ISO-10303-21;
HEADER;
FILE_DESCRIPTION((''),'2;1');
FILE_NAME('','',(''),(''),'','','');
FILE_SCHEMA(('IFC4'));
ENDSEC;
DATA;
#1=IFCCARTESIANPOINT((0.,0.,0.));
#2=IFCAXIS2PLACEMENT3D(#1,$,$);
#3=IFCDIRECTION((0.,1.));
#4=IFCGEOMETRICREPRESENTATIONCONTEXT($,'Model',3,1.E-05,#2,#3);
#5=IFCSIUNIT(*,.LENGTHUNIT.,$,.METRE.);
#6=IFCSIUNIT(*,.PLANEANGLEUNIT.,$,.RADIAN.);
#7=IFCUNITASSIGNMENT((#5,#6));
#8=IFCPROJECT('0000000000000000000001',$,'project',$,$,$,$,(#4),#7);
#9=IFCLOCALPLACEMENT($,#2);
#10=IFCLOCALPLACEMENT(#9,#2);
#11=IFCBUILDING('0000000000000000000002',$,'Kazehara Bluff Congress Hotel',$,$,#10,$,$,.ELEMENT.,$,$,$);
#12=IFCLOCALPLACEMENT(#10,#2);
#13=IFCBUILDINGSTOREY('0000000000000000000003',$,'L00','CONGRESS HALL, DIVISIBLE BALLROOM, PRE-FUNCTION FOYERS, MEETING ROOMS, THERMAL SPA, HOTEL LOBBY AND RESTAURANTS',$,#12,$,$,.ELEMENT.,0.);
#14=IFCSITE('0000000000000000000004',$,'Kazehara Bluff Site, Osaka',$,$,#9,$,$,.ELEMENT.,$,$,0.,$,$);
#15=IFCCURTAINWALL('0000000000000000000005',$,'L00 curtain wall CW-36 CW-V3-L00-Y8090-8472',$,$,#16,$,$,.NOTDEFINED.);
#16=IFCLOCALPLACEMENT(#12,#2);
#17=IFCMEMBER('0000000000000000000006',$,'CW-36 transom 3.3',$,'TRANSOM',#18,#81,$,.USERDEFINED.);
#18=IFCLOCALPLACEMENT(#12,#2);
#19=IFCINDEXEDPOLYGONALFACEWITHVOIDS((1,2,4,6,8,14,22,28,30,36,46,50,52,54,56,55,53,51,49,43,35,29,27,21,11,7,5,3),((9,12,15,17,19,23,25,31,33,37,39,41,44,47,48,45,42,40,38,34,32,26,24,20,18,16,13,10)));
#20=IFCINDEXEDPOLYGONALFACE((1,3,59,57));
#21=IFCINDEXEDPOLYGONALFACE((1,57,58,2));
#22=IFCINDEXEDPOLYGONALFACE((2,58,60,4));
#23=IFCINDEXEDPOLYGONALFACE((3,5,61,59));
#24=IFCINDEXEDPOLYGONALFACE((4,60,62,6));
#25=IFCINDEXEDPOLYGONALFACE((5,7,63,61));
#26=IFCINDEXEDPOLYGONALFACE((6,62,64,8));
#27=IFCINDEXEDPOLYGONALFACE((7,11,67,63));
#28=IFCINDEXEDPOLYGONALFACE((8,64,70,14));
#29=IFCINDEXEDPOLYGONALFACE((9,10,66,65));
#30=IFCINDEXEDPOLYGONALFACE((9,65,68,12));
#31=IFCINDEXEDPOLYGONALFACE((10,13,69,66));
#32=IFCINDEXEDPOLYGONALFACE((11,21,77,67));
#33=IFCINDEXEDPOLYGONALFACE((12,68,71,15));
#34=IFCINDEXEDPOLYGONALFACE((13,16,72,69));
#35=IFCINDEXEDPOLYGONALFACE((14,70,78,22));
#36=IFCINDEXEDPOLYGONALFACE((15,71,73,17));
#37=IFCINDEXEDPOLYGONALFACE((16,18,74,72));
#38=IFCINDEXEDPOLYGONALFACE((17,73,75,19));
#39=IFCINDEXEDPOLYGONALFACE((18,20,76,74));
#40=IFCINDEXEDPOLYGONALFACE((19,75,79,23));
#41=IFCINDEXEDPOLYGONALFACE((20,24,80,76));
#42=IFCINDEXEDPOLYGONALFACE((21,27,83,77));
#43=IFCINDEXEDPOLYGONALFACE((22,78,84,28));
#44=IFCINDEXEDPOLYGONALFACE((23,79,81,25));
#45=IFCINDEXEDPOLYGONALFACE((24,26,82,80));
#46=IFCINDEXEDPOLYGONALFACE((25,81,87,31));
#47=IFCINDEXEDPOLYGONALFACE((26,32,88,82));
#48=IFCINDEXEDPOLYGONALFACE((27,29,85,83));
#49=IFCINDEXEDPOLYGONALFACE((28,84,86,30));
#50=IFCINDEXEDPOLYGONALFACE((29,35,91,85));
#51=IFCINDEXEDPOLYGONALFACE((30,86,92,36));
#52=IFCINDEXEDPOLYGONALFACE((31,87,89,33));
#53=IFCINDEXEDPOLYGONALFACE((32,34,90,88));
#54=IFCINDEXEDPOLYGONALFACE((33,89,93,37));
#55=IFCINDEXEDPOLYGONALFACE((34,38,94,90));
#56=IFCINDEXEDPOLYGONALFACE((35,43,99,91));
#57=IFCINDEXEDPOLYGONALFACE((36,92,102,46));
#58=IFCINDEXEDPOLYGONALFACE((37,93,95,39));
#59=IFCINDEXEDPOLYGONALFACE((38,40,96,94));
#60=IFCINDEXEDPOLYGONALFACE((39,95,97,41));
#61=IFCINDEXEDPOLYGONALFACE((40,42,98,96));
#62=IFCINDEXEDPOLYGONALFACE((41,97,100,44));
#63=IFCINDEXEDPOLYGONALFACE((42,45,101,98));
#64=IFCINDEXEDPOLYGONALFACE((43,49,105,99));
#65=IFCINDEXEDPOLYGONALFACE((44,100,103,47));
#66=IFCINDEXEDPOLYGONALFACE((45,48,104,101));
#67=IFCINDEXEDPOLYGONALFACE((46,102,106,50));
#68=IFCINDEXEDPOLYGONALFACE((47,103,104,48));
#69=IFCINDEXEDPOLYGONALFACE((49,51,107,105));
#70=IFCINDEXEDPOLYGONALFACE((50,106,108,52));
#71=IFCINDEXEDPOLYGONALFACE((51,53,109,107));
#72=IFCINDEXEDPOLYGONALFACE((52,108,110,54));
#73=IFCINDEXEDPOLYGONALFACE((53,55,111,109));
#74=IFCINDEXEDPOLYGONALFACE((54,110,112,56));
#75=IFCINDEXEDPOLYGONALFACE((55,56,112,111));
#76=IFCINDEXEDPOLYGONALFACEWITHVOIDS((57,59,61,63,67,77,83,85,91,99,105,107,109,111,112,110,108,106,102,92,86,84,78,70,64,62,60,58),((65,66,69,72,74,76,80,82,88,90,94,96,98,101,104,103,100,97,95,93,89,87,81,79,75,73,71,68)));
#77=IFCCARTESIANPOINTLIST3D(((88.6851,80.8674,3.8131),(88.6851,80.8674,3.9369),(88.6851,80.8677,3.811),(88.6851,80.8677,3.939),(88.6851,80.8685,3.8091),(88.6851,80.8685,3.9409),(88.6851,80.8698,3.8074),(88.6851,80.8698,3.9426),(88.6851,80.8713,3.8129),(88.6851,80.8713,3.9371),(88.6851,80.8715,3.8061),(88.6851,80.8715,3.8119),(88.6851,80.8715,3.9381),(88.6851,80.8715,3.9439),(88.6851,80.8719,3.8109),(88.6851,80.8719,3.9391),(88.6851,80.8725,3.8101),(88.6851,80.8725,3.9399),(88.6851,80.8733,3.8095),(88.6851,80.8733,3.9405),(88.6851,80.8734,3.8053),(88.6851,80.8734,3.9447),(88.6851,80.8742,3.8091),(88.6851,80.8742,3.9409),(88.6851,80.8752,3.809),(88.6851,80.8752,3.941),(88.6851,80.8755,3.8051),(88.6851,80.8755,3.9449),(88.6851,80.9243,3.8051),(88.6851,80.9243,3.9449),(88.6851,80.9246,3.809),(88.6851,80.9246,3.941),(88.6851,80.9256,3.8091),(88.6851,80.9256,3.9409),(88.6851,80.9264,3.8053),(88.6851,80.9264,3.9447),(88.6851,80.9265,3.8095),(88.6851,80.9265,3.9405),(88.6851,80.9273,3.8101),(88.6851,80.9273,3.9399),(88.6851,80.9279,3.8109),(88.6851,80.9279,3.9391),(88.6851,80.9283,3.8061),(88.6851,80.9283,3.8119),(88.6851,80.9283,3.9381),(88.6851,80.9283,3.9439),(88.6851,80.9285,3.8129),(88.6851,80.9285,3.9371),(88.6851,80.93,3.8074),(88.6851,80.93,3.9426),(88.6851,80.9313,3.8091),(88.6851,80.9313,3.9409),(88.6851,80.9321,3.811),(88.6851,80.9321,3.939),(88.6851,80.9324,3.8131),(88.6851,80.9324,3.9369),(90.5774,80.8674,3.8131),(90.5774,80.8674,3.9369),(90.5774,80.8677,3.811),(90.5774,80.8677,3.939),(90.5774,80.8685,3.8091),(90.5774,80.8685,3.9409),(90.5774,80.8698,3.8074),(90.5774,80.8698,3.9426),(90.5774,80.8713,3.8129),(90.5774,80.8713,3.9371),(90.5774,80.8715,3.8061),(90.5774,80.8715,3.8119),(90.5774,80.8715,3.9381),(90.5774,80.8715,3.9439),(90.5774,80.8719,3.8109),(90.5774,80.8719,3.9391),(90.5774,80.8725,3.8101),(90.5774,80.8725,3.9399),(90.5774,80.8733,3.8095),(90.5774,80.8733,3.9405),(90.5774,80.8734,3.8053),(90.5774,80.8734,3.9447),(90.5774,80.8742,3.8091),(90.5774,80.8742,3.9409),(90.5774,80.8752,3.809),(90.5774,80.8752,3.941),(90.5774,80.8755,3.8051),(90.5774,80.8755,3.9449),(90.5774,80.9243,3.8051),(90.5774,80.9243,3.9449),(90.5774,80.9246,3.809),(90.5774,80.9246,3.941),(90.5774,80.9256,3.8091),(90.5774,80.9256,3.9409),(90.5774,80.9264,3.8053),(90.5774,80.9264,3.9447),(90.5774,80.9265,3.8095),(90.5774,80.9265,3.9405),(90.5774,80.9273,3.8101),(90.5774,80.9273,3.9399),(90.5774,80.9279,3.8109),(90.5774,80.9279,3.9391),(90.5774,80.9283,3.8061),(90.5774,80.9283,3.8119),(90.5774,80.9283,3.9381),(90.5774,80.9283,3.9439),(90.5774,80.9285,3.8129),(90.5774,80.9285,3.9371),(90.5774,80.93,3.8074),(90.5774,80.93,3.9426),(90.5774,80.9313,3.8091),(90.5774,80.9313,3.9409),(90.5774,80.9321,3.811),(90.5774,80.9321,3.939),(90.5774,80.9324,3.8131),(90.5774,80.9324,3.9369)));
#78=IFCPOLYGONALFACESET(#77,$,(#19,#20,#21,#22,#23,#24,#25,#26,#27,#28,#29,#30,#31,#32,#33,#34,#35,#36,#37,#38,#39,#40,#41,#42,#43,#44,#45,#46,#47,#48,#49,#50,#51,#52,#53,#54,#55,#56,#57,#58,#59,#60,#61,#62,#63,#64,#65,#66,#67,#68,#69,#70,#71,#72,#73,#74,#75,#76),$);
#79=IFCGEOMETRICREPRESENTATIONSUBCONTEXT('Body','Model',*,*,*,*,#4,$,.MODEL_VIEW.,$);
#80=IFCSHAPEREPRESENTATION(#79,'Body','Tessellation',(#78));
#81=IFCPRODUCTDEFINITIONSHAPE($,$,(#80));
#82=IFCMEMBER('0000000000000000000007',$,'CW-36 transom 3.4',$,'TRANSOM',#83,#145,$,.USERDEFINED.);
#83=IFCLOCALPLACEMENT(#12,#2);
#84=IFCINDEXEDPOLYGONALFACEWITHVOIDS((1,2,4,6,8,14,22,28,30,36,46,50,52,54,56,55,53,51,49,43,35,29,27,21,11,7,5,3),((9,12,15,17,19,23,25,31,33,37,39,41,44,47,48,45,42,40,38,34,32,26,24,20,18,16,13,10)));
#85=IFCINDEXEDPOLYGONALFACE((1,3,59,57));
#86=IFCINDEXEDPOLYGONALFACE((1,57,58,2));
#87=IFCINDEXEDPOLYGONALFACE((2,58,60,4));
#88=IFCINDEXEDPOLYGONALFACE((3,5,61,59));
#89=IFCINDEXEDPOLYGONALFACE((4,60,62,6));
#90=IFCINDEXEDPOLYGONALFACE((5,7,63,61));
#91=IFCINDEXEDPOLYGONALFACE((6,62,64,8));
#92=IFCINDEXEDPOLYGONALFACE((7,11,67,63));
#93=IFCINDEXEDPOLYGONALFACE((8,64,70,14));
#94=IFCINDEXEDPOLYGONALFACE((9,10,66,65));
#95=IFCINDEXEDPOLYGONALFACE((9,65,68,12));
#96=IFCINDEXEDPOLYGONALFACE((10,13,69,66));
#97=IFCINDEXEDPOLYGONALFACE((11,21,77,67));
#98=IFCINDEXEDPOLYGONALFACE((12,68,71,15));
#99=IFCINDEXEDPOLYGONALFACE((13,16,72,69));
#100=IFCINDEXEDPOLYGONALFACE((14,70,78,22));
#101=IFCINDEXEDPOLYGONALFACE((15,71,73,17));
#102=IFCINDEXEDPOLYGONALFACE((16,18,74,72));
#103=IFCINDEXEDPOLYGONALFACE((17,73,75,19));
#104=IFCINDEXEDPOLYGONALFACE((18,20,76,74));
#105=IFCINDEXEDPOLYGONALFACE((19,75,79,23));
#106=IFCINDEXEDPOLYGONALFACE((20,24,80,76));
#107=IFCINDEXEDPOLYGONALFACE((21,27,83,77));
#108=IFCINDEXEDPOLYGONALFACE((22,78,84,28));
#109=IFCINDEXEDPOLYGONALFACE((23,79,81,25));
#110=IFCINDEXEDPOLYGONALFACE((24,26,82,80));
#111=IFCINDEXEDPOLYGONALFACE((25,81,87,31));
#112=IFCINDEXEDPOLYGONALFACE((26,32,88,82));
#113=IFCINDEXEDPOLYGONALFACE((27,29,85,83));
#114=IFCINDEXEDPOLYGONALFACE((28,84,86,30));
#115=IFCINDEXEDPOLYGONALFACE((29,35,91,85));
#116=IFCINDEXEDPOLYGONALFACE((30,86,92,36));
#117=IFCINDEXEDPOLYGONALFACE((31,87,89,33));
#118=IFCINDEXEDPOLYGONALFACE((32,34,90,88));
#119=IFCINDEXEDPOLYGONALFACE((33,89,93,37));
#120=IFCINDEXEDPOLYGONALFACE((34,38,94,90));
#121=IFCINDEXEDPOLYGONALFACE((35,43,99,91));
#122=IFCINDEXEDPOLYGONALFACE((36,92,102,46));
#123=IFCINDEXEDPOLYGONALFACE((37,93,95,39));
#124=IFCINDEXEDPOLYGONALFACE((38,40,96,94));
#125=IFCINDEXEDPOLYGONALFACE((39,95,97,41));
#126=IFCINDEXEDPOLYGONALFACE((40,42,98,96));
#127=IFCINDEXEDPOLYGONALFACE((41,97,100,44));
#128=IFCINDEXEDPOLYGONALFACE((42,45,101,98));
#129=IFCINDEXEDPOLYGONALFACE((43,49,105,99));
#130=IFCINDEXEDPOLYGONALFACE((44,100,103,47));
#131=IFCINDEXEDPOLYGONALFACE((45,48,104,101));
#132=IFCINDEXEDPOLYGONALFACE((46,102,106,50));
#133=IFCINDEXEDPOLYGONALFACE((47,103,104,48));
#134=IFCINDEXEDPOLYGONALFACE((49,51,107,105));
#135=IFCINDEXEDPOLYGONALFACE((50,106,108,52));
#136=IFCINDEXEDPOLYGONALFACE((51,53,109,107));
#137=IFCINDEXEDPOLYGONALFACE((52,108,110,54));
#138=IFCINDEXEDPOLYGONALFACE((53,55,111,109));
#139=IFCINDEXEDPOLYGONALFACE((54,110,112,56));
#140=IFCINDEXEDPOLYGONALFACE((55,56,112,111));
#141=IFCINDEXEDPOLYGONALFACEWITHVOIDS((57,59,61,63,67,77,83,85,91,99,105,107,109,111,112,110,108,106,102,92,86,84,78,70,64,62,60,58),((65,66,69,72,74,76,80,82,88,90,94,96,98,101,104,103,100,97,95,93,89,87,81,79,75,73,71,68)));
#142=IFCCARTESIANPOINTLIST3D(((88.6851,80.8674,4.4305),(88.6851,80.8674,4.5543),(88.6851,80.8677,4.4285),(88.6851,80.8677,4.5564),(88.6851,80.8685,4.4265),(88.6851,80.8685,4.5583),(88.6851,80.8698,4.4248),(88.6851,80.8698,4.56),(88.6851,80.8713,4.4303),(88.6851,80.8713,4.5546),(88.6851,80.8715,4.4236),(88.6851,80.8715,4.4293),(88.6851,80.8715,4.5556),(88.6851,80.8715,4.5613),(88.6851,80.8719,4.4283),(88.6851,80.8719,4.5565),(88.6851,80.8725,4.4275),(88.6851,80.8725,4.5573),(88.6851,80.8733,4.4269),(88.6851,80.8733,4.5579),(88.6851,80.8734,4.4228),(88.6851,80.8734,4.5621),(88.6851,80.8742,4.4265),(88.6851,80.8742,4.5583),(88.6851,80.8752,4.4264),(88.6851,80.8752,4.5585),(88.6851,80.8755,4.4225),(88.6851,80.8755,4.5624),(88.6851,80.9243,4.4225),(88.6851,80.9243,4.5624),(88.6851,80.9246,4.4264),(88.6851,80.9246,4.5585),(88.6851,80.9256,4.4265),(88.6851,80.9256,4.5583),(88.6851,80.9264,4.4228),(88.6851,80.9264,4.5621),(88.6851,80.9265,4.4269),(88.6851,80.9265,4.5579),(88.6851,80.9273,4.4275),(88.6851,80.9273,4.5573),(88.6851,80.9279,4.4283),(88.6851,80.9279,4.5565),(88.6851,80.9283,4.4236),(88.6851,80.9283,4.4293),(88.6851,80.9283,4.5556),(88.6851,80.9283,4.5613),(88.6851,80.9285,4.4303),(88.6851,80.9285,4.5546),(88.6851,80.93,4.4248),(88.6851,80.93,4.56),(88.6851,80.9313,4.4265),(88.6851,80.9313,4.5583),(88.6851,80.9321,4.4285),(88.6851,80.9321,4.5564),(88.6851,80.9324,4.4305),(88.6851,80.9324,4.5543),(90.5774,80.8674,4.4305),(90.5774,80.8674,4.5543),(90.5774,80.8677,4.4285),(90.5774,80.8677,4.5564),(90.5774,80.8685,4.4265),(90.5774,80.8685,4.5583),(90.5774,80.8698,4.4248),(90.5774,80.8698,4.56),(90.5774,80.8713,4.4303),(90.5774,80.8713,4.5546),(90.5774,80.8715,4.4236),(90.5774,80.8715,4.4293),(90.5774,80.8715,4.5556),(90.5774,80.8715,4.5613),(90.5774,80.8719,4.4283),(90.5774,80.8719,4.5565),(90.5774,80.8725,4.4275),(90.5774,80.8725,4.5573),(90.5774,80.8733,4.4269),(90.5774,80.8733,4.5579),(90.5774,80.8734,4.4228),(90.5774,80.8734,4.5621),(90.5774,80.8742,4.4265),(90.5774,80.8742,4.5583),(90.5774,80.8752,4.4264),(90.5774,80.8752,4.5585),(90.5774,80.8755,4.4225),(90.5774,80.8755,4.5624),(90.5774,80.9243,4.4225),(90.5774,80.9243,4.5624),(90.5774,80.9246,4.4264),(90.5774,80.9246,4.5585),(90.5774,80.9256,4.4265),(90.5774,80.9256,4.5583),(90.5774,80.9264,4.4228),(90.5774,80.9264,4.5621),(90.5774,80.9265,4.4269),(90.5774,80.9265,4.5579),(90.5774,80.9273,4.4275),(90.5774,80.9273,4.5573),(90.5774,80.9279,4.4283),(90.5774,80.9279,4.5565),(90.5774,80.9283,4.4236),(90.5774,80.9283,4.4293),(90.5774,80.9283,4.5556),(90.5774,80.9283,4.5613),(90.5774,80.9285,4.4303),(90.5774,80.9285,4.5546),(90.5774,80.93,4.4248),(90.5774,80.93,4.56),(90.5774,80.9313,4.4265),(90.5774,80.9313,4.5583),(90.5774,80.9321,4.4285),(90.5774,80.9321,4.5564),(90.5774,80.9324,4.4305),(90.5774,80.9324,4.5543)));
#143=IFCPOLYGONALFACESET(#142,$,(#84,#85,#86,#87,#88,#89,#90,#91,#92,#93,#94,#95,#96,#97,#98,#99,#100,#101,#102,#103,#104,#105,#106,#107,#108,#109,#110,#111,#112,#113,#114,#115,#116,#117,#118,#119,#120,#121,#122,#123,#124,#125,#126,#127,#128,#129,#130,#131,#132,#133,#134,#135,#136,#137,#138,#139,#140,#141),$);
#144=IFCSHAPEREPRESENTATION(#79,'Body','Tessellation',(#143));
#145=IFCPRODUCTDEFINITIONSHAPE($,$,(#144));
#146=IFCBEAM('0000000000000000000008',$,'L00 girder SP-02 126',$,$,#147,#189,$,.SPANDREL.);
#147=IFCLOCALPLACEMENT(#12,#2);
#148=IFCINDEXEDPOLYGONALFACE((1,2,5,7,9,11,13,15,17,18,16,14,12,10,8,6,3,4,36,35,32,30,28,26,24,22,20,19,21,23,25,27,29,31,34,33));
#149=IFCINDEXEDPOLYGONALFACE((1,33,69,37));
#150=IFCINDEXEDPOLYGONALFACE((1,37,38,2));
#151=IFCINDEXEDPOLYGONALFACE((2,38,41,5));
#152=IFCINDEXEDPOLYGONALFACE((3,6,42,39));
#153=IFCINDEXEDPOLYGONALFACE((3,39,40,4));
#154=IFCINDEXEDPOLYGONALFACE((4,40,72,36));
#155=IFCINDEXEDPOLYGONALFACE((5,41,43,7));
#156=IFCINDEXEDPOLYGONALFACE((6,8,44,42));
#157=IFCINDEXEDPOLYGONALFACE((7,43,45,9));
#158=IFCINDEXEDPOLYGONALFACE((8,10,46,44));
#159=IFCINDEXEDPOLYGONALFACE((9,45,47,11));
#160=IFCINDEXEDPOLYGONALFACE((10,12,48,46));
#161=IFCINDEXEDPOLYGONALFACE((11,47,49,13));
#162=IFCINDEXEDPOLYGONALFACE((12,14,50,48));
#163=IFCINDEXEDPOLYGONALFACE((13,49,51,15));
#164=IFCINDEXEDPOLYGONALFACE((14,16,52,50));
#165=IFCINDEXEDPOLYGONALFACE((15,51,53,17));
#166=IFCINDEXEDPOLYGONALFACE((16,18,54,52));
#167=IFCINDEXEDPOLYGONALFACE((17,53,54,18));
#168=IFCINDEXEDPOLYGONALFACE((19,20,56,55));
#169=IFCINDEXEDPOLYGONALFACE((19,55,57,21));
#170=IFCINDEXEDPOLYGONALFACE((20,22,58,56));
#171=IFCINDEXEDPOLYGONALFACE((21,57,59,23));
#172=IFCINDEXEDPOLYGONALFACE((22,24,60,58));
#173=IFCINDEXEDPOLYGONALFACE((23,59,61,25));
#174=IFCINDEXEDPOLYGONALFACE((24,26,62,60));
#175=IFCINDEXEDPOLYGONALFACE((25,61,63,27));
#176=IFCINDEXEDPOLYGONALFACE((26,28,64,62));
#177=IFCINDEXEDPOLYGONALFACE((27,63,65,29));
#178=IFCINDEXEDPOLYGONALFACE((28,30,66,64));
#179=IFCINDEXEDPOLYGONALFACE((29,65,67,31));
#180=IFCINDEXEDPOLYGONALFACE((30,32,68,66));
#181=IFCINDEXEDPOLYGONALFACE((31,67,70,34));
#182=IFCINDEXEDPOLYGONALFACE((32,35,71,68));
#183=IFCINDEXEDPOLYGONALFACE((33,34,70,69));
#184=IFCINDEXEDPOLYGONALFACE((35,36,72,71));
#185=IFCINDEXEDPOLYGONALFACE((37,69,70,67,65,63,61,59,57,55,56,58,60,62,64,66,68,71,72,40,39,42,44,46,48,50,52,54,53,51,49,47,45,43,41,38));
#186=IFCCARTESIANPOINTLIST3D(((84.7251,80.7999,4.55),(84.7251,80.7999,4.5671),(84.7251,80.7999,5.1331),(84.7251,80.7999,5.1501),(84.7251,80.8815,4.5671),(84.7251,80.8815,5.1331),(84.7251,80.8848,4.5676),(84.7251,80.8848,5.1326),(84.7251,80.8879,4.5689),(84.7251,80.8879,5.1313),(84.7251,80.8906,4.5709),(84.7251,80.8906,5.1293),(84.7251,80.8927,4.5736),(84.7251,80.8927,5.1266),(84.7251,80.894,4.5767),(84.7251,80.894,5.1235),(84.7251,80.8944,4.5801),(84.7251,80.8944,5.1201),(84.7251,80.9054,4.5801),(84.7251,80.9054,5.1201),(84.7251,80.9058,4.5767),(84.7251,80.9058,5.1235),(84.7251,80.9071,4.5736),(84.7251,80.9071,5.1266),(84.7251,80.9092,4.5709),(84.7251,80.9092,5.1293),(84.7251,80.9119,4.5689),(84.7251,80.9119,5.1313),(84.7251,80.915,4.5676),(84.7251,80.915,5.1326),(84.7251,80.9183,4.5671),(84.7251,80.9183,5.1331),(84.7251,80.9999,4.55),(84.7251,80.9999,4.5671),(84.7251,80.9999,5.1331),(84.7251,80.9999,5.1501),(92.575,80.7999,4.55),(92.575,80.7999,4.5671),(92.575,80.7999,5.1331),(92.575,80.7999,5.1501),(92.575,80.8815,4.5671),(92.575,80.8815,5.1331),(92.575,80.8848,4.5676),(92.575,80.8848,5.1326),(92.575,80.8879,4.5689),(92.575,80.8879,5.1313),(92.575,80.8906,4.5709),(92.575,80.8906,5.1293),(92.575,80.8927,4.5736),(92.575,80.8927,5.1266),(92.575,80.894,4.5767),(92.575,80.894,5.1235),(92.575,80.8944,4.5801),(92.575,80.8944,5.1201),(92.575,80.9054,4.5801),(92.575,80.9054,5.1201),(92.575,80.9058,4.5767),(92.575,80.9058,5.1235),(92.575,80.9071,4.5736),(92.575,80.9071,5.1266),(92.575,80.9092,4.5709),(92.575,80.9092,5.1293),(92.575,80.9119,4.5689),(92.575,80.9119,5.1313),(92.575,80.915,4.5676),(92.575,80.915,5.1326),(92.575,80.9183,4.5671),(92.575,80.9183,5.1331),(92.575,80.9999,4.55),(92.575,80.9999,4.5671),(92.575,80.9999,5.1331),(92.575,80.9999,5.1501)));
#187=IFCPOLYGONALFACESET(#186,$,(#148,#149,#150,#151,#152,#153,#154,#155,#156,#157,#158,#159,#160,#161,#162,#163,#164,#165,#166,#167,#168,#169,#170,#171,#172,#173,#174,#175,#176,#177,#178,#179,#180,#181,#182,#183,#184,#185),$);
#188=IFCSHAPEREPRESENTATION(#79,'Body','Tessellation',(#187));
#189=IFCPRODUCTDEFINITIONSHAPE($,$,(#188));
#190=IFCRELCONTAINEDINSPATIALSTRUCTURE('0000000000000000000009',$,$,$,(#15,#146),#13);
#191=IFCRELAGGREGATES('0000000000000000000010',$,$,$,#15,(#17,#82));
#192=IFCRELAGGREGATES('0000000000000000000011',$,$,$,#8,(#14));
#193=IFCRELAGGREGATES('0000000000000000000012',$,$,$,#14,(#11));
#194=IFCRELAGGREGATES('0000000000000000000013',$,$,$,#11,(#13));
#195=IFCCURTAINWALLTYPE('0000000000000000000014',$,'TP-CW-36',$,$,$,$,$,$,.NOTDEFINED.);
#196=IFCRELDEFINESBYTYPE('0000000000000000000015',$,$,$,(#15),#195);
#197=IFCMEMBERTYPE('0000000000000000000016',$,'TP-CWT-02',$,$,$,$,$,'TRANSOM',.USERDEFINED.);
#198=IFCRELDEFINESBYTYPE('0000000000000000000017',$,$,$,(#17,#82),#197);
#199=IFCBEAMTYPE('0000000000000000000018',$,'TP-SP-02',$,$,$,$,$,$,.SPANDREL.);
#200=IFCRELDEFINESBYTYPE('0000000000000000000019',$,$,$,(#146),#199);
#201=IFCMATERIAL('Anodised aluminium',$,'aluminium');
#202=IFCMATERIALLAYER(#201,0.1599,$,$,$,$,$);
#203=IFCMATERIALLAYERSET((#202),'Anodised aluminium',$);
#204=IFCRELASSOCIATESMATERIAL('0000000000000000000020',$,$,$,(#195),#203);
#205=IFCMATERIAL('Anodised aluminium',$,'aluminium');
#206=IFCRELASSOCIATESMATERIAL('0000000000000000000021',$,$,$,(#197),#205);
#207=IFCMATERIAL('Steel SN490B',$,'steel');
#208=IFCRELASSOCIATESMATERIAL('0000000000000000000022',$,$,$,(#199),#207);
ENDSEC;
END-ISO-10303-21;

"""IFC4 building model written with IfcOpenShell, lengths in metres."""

from ifc_helpers import new_model, si_unit, direction, frame, origin, origin_2d, place, context, subcontext, project, spatial, hollow_rectangle, i_section, extrude, material, layer, layer_set, material_profile, profile_set, type_object, element, aggregate, save


model = new_model("IFC4")

# Units and contexts
model_context = context("Model", 3, precision=1e-05, world=origin(), true_north=direction((0.0, 1.0)))
body_context = subcontext(model_context, "Body", "Model", "MODEL_VIEW")
ifc_project = project(units=[si_unit("LENGTHUNIT", "METRE"), si_unit("PLANEANGLEUNIT", "RADIAN")], contexts=[model_context])

# Site, building, storey
site_placement = place(None, origin())
site = spatial("IfcSite", under=ifc_project, at=site_placement, Name="Kazehara Bluff Site, Osaka", CompositionType="ELEMENT", RefElevation=0.0)
building_placement = place(site_placement, origin())
building = spatial("IfcBuilding", under=site, at=building_placement, Name="Kazehara Bluff Congress Hotel", CompositionType="ELEMENT")
storey_placement = place(building_placement, origin())
storey = spatial("IfcBuildingStorey", under=building, at=storey_placement, Name="L00", Description="CONGRESS HALL, DIVISIBLE BALLROOM, PRE-FUNCTION FOYERS, MEETING ROOMS, THERMAL SPA, HOTEL LOBBY AND RESTAURANTS", CompositionType="ELEMENT", Elevation=0.0)

# Shared definitions
ifc_material_1 = material(Name="Anodised aluminium", Category="aluminium")
ifc_layer_1 = layer(ifc_material_1, 0.1599)
ifc_layer_set_1 = layer_set([ifc_layer_1], Name="Anodised aluminium")
curtain_wall_type = type_object("IfcCurtainWallType", Name="TP-CW-36", PredefinedType="NOTDEFINED", material=ifc_layer_set_1)

# Curtain wall
curtain_wall_1_placement = place(storey_placement, origin())
curtain_wall_1 = element("IfcCurtainWall", 1, at=curtain_wall_1_placement, inside=storey, type_object=curtain_wall_type, Name="L00 curtain wall CW-36 CW-V3-L00-Y8090-8472", PredefinedType="NOTDEFINED")

# Members
ifc_material_2 = material(Name="Anodised aluminium", Category="aluminium")
ifc_material_profile_1 = material_profile(ifc_material_2, hollow_rectangle(XDim=0.0649, YDim=0.1399, WallThickness=0.0039, InnerFilletRadius=0.0039, OuterFilletRadius=0.0081, at=origin_2d()))
ifc_profile_set_1 = profile_set([ifc_material_profile_1], Name="Anodised aluminium")
member_type_1 = type_object("IfcMemberType", Name="TP-CWT-02", ElementType="TRANSOM", PredefinedType="USERDEFINED", material=ifc_profile_set_1)
member_1_placement = place(storey_placement, frame((88.6851, 80.8999, 3.875), z_axis=(1.0, 0.0, 0.0), x_axis=(0.0, 1.0, 0.0)))
member_1 = element("IfcMember", 2, at=member_1_placement, type_object=member_type_1, Name="CW-36 transom 3.3", ObjectType="TRANSOM", PredefinedType="USERDEFINED", context=body_context, shape_type="SweptSolid", body=[
    extrude(hollow_rectangle(XDim=0.0649, YDim=0.1399, WallThickness=0.0039, InnerFilletRadius=0.0039, OuterFilletRadius=0.0081, at=origin_2d()), origin(), (0.0, 0.0, 1.0), 1.8923),
])
member_2_placement = place(storey_placement, frame((88.6851, 80.8999, 4.4924), z_axis=(1.0, 0.0, 0.0), x_axis=(0.0, 1.0, 0.0)))
member_2 = element("IfcMember", 3, at=member_2_placement, type_object=member_type_1, Name="CW-36 transom 3.4", ObjectType="TRANSOM", PredefinedType="USERDEFINED", context=body_context, shape_type="SweptSolid", body=[
    extrude(hollow_rectangle(XDim=0.0649, YDim=0.1399, WallThickness=0.0039, InnerFilletRadius=0.0039, OuterFilletRadius=0.0081, at=origin_2d()), origin(), (0.0, 0.0, 1.0), 1.8923),
])

# Beam
ifc_material_3 = material(Name="Steel SN490B", Category="steel")
ifc_material_profile_2 = material_profile(ifc_material_3, i_section(OverallWidth=0.2, OverallDepth=0.6001, WebThickness=0.011, FlangeThickness=0.0171, FilletRadius=0.0129, at=origin_2d()))
ifc_profile_set_2 = profile_set([ifc_material_profile_2], Name="Steel SN490B")
beam_type = type_object("IfcBeamType", Name="TP-SP-02", PredefinedType="SPANDREL", material=ifc_profile_set_2)
beam_placement = place(storey_placement, frame((84.7251, 80.8999, 4.8501), z_axis=(1.0, 0.0, 0.0), x_axis=(0.0, 1.0, 0.0)))
element("IfcBeam", 4, at=beam_placement, inside=storey, type_object=beam_type, Name="L00 girder SP-02 126", PredefinedType="SPANDREL", context=body_context, shape_type="SweptSolid", body=[
    extrude(i_section(OverallWidth=0.2, OverallDepth=0.6001, WebThickness=0.011, FlangeThickness=0.0171, FilletRadius=0.0129, at=origin_2d()), origin(), (0.0, 0.0, 1.0), 7.8499),
])

aggregate(curtain_wall_1, [member_1, member_2])

save(model, "model.ifc")
